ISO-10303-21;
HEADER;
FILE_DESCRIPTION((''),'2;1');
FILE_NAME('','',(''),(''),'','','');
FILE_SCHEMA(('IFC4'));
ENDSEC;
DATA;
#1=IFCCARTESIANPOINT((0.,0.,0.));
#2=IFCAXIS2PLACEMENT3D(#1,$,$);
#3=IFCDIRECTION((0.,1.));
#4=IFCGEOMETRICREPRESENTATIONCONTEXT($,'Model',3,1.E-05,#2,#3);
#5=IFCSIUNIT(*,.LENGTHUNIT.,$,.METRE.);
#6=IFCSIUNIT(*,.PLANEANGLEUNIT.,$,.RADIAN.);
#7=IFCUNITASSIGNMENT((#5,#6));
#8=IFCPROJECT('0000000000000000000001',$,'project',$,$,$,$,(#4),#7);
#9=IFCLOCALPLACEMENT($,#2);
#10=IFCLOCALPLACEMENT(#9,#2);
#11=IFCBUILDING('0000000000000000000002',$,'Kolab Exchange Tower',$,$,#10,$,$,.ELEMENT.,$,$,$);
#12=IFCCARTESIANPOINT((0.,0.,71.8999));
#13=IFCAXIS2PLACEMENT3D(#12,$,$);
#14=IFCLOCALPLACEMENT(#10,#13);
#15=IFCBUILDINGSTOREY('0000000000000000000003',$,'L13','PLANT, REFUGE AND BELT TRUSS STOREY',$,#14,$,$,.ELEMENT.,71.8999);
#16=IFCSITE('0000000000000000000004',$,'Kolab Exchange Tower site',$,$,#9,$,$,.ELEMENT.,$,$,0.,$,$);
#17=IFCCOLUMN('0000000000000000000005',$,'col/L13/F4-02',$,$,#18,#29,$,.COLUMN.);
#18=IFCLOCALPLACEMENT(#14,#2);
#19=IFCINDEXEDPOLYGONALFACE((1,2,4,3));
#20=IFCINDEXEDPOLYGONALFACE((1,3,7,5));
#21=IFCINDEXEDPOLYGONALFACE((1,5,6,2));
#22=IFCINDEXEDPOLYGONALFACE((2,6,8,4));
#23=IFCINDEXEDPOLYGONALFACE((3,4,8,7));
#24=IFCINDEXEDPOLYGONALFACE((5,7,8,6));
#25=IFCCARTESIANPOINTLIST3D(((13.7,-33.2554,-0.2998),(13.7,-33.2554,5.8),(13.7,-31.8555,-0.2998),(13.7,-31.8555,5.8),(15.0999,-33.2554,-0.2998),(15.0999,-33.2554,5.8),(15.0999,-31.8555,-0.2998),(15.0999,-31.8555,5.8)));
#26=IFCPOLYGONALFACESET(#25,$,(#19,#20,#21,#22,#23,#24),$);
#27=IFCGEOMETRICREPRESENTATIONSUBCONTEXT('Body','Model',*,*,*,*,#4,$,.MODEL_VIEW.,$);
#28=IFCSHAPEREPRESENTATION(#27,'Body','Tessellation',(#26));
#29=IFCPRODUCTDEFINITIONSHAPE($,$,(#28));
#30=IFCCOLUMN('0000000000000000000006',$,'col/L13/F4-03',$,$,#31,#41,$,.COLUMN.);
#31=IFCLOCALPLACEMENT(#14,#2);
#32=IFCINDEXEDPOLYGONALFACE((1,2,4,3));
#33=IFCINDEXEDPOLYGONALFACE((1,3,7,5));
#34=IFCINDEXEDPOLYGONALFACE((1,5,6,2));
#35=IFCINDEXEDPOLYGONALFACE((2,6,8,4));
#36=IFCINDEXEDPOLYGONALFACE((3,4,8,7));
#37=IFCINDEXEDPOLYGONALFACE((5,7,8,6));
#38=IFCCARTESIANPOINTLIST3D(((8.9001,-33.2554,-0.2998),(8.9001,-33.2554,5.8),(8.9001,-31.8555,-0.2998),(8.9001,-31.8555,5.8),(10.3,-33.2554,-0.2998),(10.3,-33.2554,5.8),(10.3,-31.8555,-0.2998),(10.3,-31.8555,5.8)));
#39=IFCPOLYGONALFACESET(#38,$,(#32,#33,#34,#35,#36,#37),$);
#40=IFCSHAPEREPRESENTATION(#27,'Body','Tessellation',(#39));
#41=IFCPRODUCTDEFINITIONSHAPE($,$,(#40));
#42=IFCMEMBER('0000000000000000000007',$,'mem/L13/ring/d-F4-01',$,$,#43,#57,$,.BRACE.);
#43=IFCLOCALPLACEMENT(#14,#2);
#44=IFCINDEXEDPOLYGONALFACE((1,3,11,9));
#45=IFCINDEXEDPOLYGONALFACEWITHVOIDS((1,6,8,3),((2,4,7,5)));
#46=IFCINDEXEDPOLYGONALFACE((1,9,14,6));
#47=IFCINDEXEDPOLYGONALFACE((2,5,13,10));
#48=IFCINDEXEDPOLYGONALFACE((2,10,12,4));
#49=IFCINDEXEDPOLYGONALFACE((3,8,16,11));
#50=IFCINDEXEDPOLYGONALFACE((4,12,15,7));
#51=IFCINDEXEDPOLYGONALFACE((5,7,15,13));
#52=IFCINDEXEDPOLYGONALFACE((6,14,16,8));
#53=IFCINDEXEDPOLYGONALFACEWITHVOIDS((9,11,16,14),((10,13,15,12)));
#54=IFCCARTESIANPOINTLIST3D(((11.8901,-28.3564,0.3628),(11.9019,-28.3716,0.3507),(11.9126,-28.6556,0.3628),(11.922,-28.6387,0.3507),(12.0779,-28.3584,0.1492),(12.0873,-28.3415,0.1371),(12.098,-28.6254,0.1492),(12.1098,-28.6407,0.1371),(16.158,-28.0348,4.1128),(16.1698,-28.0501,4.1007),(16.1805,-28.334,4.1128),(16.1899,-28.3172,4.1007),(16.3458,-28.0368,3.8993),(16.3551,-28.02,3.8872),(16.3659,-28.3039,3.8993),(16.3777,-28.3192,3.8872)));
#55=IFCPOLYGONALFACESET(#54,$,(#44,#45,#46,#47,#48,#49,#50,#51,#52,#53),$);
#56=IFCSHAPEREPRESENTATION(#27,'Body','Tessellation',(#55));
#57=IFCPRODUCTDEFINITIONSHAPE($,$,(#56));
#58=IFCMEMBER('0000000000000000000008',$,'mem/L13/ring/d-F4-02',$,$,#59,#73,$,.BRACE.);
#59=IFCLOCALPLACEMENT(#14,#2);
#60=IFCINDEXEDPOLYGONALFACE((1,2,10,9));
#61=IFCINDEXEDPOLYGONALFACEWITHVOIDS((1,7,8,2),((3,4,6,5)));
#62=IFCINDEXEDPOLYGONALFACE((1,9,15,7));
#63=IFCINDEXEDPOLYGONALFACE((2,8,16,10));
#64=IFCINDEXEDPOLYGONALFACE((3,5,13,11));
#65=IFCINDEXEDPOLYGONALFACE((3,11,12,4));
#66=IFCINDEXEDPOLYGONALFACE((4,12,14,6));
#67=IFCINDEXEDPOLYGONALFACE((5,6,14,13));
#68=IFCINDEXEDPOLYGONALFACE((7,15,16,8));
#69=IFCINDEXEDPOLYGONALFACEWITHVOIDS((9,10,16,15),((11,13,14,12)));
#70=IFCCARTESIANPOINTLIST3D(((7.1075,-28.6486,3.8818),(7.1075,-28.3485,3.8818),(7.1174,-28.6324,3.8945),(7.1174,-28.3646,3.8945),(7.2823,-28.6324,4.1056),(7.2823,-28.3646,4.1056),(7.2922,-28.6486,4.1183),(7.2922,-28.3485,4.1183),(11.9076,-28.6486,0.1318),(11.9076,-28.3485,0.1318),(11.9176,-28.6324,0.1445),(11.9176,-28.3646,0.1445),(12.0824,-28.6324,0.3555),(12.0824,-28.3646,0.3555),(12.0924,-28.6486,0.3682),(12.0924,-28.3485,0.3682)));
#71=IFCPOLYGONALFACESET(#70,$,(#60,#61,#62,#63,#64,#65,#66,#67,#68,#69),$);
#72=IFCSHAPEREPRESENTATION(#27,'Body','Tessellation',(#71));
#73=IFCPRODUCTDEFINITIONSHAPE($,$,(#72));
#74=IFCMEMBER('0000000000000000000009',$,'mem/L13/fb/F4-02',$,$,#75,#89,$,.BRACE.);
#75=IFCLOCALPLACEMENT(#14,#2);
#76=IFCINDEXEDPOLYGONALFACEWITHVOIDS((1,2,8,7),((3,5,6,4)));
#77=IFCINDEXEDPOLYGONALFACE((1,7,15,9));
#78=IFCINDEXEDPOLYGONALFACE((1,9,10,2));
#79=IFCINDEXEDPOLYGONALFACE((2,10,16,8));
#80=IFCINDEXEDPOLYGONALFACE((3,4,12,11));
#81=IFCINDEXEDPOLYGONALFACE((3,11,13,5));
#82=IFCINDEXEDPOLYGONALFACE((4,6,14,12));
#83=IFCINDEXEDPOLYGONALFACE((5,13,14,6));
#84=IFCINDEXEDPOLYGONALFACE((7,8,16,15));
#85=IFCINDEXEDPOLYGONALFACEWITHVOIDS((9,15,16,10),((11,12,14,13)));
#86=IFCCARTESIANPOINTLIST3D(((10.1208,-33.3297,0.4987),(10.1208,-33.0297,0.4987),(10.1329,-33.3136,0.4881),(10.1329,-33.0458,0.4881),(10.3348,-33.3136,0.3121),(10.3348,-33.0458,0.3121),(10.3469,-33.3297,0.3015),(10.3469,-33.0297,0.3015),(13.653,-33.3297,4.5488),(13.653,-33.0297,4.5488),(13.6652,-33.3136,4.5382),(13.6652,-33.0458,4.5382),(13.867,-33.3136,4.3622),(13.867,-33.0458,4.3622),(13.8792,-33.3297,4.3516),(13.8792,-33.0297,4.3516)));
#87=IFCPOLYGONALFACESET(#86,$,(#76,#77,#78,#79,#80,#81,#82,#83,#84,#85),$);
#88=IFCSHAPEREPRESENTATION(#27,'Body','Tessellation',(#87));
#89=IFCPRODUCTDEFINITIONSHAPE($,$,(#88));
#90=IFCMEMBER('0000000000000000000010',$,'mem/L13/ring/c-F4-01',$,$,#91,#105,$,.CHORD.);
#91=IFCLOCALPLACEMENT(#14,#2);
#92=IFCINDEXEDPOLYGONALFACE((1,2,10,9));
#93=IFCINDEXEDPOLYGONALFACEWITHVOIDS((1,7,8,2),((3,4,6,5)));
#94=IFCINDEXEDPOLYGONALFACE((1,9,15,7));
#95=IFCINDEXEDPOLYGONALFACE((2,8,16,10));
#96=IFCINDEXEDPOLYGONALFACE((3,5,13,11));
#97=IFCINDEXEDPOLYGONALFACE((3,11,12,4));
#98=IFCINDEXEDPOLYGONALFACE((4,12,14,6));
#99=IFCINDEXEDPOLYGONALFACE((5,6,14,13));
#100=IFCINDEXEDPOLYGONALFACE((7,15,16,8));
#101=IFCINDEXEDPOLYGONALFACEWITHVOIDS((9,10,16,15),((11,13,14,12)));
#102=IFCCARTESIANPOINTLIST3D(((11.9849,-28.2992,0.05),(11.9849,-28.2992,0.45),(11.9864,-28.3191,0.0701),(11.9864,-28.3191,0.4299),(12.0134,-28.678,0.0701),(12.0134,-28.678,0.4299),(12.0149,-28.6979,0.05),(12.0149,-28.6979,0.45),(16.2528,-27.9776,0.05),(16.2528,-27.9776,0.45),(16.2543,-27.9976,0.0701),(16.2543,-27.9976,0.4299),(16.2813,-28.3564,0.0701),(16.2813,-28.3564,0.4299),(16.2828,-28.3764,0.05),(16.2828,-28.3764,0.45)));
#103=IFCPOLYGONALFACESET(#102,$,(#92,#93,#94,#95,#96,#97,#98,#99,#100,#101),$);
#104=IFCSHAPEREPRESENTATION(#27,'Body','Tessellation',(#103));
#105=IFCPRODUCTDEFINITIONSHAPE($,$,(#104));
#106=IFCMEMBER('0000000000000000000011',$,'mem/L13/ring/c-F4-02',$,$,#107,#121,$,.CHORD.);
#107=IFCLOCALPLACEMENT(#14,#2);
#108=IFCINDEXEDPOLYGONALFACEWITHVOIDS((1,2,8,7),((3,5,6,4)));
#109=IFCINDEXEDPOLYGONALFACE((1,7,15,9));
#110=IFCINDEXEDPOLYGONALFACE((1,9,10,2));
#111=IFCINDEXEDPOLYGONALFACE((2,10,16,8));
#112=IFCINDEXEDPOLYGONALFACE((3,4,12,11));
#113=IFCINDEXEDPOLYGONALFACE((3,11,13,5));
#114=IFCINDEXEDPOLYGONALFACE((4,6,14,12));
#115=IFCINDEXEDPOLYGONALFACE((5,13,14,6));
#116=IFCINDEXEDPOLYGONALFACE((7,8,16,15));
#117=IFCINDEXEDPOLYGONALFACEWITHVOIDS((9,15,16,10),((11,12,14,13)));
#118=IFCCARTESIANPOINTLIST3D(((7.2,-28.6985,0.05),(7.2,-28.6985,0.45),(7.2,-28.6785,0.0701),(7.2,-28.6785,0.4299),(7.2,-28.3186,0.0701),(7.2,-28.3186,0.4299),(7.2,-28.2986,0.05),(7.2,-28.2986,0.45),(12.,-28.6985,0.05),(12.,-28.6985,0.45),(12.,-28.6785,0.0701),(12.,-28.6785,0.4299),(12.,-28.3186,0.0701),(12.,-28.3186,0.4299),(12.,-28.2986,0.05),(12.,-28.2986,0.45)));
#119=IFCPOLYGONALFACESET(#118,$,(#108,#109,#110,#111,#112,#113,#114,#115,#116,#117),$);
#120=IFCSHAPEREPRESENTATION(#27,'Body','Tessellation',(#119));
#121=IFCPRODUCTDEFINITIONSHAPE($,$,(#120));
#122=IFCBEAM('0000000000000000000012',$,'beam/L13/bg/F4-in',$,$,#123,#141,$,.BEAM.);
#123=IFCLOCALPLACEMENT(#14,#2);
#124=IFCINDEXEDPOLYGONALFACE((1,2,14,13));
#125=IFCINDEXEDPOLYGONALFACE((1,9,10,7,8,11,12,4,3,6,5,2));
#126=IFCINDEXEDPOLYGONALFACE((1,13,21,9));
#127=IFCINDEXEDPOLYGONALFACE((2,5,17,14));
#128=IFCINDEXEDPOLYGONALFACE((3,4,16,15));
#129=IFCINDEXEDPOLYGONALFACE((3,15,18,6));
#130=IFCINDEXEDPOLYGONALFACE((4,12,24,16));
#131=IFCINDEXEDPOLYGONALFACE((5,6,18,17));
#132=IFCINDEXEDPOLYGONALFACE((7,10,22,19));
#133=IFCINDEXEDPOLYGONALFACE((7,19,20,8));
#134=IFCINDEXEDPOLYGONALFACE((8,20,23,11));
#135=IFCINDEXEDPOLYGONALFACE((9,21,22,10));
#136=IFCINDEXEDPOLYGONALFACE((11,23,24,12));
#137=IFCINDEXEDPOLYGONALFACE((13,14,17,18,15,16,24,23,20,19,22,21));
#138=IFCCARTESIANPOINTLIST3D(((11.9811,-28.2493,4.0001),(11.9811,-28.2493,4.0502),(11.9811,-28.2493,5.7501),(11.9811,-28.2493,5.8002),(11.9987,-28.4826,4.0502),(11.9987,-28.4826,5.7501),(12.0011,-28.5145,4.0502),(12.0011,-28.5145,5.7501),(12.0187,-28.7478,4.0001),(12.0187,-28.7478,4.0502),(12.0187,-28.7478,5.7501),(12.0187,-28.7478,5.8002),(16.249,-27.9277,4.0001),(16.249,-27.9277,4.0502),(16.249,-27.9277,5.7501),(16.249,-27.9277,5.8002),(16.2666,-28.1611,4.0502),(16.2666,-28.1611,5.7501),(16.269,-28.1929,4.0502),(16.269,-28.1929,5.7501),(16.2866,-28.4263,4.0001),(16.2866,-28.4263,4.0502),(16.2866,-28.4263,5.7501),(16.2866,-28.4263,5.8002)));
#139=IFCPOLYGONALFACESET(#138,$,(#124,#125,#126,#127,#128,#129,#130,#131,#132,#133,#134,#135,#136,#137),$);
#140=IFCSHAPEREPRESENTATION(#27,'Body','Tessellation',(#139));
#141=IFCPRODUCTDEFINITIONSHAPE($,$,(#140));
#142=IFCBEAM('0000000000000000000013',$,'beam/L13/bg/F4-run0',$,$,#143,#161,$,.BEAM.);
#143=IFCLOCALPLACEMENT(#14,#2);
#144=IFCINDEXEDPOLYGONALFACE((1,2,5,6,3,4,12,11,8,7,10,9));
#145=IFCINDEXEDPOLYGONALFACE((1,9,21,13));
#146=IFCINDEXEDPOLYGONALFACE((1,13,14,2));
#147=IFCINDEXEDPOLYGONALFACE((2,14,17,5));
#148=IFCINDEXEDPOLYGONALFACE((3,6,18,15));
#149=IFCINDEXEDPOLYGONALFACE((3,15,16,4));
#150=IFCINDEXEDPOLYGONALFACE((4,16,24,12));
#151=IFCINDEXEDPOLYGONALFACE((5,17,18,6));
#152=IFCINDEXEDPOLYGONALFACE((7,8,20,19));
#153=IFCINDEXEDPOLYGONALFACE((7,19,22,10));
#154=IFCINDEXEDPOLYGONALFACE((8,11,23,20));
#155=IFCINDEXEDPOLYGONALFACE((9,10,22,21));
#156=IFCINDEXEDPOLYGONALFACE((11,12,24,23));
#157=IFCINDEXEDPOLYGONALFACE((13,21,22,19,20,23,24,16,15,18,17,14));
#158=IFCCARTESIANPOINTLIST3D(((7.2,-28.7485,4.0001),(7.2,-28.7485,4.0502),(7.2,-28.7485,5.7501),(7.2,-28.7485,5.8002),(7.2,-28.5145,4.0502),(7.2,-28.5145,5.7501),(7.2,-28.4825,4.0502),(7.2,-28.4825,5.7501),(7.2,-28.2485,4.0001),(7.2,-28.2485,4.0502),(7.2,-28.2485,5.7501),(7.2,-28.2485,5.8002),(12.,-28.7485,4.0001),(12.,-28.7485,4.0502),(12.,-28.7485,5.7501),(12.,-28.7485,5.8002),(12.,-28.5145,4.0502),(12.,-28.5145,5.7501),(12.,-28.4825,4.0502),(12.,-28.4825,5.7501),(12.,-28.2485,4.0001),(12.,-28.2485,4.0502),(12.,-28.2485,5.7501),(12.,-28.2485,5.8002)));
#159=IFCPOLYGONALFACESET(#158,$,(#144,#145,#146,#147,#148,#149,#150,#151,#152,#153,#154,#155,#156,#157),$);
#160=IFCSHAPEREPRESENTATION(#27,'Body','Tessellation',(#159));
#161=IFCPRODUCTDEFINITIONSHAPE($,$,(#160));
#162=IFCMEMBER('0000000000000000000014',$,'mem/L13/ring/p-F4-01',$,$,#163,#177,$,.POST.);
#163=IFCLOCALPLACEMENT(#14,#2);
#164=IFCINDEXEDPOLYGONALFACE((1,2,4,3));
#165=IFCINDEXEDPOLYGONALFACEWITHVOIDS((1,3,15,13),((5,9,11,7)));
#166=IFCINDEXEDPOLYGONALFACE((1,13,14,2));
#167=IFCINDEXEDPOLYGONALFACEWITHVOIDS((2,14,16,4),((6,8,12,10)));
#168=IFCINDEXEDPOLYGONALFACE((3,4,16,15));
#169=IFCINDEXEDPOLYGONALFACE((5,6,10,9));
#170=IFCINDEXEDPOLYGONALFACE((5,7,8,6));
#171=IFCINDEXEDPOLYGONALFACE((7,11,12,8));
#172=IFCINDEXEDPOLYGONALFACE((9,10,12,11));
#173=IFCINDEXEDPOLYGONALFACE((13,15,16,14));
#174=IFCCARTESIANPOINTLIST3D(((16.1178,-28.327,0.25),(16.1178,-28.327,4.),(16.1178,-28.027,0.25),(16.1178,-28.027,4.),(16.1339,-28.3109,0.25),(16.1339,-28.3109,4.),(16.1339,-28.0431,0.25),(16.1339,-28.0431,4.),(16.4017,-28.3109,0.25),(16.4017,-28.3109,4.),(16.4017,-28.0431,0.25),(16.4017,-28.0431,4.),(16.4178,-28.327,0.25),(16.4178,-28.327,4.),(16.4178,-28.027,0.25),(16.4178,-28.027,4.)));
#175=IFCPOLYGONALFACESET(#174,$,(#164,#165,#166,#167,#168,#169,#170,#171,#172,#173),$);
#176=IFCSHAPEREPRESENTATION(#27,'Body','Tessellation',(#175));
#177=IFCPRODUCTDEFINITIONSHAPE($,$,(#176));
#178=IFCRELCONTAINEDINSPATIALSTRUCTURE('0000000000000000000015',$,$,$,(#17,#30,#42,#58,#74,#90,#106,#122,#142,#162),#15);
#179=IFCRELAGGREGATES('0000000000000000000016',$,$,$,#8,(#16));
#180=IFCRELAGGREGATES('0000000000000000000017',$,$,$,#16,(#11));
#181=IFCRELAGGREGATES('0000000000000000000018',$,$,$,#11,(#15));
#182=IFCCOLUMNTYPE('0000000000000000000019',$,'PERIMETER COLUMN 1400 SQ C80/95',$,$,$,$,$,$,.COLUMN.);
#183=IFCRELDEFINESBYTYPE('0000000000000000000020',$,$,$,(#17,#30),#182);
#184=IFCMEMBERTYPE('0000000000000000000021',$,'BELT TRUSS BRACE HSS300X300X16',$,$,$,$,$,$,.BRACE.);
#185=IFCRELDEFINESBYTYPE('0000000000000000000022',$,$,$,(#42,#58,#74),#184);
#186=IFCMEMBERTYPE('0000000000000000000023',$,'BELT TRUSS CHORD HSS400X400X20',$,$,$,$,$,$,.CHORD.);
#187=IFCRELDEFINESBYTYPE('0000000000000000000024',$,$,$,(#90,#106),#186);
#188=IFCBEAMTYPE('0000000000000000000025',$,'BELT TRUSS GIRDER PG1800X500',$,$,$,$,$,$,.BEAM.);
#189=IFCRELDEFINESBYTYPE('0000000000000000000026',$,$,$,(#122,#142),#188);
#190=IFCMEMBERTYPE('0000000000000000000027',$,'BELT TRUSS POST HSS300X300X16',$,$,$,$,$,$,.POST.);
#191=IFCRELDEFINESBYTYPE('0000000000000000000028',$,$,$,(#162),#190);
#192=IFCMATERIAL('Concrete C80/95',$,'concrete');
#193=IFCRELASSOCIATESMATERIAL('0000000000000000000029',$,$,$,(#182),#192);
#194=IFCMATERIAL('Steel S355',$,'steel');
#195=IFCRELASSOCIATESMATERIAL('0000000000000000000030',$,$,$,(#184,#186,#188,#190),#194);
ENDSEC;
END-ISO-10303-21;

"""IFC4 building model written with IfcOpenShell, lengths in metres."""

from ifc_helpers import new_model, si_unit, direction, frame, origin, origin_2d, place, context, subcontext, project, spatial, rectangle, hollow_rectangle, i_section, extrude, material, material_profile, profile_set, type_object, element, save


model = new_model("IFC4")

# Units and contexts
model_context = context("Model", 3, precision=1e-05, world=origin(), true_north=direction((0.0, 1.0)))
body_context = subcontext(model_context, "Body", "Model", "MODEL_VIEW")
ifc_project = project(units=[si_unit("LENGTHUNIT", "METRE"), si_unit("PLANEANGLEUNIT", "RADIAN")], contexts=[model_context])

# Site, building, storey
site_placement = place(None, origin())
site = spatial("IfcSite", under=ifc_project, at=site_placement, Name="Kolab Exchange Tower site", CompositionType="ELEMENT", RefElevation=0.0)
building_placement = place(site_placement, origin())
building = spatial("IfcBuilding", under=site, at=building_placement, Name="Kolab Exchange Tower", CompositionType="ELEMENT")
storey_placement = place(building_placement, frame((0.0, 0.0, 71.8999)))
storey = spatial("IfcBuildingStorey", under=building, at=storey_placement, Name="L13", Description="PLANT, REFUGE AND BELT TRUSS STOREY", CompositionType="ELEMENT", Elevation=71.8999)

# Columns
ifc_material_1 = material(Name="Concrete C80/95", Category="concrete")
ifc_material_profile_1 = material_profile(ifc_material_1, rectangle(XDim=1.3999, YDim=1.3999, at=origin_2d()), Name="RC1400")
ifc_profile_set_1 = profile_set([ifc_material_profile_1], Name="Concrete C80/95")
column_type = type_object("IfcColumnType", Name="PERIMETER COLUMN 1400 SQ C80/95", PredefinedType="COLUMN", material=ifc_profile_set_1)
for number, where, z_axis, x_axis, name in (
    (1, (14.3999, -32.5554, -0.2998), (0.0, 0.0, 1.0), (1.0, 0.0, 0.0), "col/L13/F4-02"),
    (2, (9.6001, -32.5554, -0.2998), (0.0, 0.0, 1.0), (1.0, 0.0, 0.0), "col/L13/F4-03"),
):
    element("IfcColumn", number, at=place(storey_placement, frame(where, z_axis=z_axis, x_axis=x_axis)), inside=storey, type_object=column_type, Name=name, PredefinedType="COLUMN", context=body_context, shape_type="SweptSolid", body=[
        extrude(rectangle(XDim=1.3999, YDim=1.3999, at=origin_2d()), origin(), (0.0, 0.0, 1.0), 6.0999),
    ])

# Members
ifc_material_2 = material(Name="Steel S355", Category="steel")
ifc_material_profile_2 = material_profile(ifc_material_2, hollow_rectangle(XDim=0.3, YDim=0.3, WallThickness=0.0161, at=origin_2d()), Name="HSS300X300X16")
ifc_profile_set_2 = profile_set([ifc_material_profile_2], Name="Steel S355")
member_type_1 = type_object("IfcMemberType", Name="BELT TRUSS BRACE HSS300X300X16", PredefinedType="BRACE", material=ifc_profile_set_2)
member_1_placement = place(storey_placement, frame((16.2678, -28.177, 4.0), z_axis=(-0.750009, -0.056505, -0.659009), x_axis=(0.075126, -0.997174, 0.0)))
element("IfcMember", 3, at=member_1_placement, inside=storey, type_object=member_type_1, Name="mem/L13/ring/d-F4-01", PredefinedType="BRACE", context=body_context, shape_type="SweptSolid", body=[
    extrude(hollow_rectangle(XDim=0.3, YDim=0.3, WallThickness=0.0161, at=origin_2d()), origin(), (0.0, 0.0, 1.0), 5.6904),
])
member_2_placement = place(storey_placement, frame((12.0, -28.4985, 0.25), z_axis=(-0.788027, 0.0, 0.61564), x_axis=(0.0, -1.0, 0.0)))
element("IfcMember", 4, at=member_2_placement, inside=storey, type_object=member_type_1, Name="mem/L13/ring/d-F4-02", PredefinedType="BRACE", context=body_context, shape_type="SweptSolid", body=[
    extrude(hollow_rectangle(XDim=0.3, YDim=0.3, WallThickness=0.0161, at=origin_2d()), origin(), (0.0, 0.0, 1.0), 6.0913),
])
member_3_placement = place(storey_placement, frame((13.7661, -33.1797, 4.4502), z_axis=(-0.657285, 0.0, -0.753642), x_axis=(0.0, -1.0, 0.0)))
element("IfcMember", 5, at=member_3_placement, inside=storey, type_object=member_type_1, Name="mem/L13/fb/F4-02", PredefinedType="BRACE", context=body_context, shape_type="SweptSolid", body=[
    extrude(hollow_rectangle(XDim=0.3, YDim=0.3, WallThickness=0.0161, at=origin_2d()), origin(), (0.0, 0.0, 1.0), 5.374),
])
ifc_material_profile_3 = material_profile(ifc_material_2, hollow_rectangle(XDim=0.3999, YDim=0.3999, WallThickness=0.02, at=origin_2d()), Name="HSS400X400X20")
ifc_profile_set_3 = profile_set([ifc_material_profile_3], Name="Steel S355")
member_type_2 = type_object("IfcMemberType", Name="BELT TRUSS CHORD HSS400X400X20", PredefinedType="CHORD", material=ifc_profile_set_3)
member_4_placement = place(storey_placement, frame((16.2678, -28.177, 0.25), z_axis=(-0.997174, -0.075126, 0.0), x_axis=(0.075126, -0.997174, 0.0)))
element("IfcMember", 6, at=member_4_placement, inside=storey, type_object=member_type_2, Name="mem/L13/ring/c-F4-01", PredefinedType="CHORD", context=body_context, shape_type="SweptSolid", body=[
    extrude(hollow_rectangle(XDim=0.3999, YDim=0.3999, WallThickness=0.02, at=origin_2d()), origin(), (0.0, 0.0, 1.0), 4.28),
])
member_5_placement = place(storey_placement, frame((12.0, -28.4985, 0.25), z_axis=(-1.0, 0.0, 0.0), x_axis=(0.0, -1.0, 0.0)))
element("IfcMember", 7, at=member_5_placement, inside=storey, type_object=member_type_2, Name="mem/L13/ring/c-F4-02", PredefinedType="CHORD", context=body_context, shape_type="SweptSolid", body=[
    extrude(hollow_rectangle(XDim=0.3999, YDim=0.3999, WallThickness=0.02, at=origin_2d()), origin(), (0.0, 0.0, 1.0), 4.8),
])

# Beams
ifc_material_profile_4 = material_profile(ifc_material_2, i_section(OverallWidth=0.5, OverallDepth=1.8, WebThickness=0.032, FlangeThickness=0.05, at=origin_2d()), Name="PG1800X500")
ifc_profile_set_4 = profile_set([ifc_material_profile_4], Name="Steel S355")
beam_type_1 = type_object("IfcBeamType", Name="BELT TRUSS GIRDER PG1800X500", PredefinedType="BEAM", material=ifc_profile_set_4)
beam_1_placement = place(storey_placement, frame((16.2678, -28.177, 4.9001), z_axis=(-0.997174, -0.075126, 0.0), x_axis=(0.075126, -0.997174, 0.0)))
element("IfcBeam", 8, at=beam_1_placement, inside=storey, type_object=beam_type_1, Name="beam/L13/bg/F4-in", PredefinedType="BEAM", context=body_context, shape_type="SweptSolid", body=[
    extrude(i_section(OverallWidth=0.5, OverallDepth=1.8, WebThickness=0.032, FlangeThickness=0.05, at=origin_2d()), origin(), (0.0, 0.0, 1.0), 4.28),
])
beam_2_placement = place(storey_placement, frame((12.0, -28.4985, 4.9001), z_axis=(-1.0, 0.0, 0.0), x_axis=(0.0, -1.0, 0.0)))
element("IfcBeam", 9, at=beam_2_placement, inside=storey, type_object=beam_type_1, Name="beam/L13/bg/F4-run0", PredefinedType="BEAM", context=body_context, shape_type="SweptSolid", body=[
    extrude(i_section(OverallWidth=0.5, OverallDepth=1.8, WebThickness=0.032, FlangeThickness=0.05, at=origin_2d()), origin(), (0.0, 0.0, 1.0), 4.8),
])

# Member
ifc_material_profile_5 = material_profile(ifc_material_2, hollow_rectangle(XDim=0.3, YDim=0.3, WallThickness=0.0161, at=origin_2d()), Name="HSS300X300X16")
ifc_profile_set_5 = profile_set([ifc_material_profile_5], Name="Steel S355")
member_type_3 = type_object("IfcMemberType", Name="BELT TRUSS POST HSS300X300X16", PredefinedType="POST", material=ifc_profile_set_5)
for number, where, z_axis, x_axis, name in (
    (10, (16.2678, -28.177, 0.25), (0.0, 0.0, 1.0), (1.0, 0.0, 0.0), "mem/L13/ring/p-F4-01"),
):
    element("IfcMember", number, at=place(storey_placement, frame(where, z_axis=z_axis, x_axis=x_axis)), inside=storey, type_object=member_type_3, Name=name, PredefinedType="POST", context=body_context, shape_type="SweptSolid", body=[
        extrude(hollow_rectangle(XDim=0.3, YDim=0.3, WallThickness=0.0161, at=origin_2d()), origin(), (0.0, 0.0, 1.0), 3.75),
    ])

save(model, "model.ifc")
